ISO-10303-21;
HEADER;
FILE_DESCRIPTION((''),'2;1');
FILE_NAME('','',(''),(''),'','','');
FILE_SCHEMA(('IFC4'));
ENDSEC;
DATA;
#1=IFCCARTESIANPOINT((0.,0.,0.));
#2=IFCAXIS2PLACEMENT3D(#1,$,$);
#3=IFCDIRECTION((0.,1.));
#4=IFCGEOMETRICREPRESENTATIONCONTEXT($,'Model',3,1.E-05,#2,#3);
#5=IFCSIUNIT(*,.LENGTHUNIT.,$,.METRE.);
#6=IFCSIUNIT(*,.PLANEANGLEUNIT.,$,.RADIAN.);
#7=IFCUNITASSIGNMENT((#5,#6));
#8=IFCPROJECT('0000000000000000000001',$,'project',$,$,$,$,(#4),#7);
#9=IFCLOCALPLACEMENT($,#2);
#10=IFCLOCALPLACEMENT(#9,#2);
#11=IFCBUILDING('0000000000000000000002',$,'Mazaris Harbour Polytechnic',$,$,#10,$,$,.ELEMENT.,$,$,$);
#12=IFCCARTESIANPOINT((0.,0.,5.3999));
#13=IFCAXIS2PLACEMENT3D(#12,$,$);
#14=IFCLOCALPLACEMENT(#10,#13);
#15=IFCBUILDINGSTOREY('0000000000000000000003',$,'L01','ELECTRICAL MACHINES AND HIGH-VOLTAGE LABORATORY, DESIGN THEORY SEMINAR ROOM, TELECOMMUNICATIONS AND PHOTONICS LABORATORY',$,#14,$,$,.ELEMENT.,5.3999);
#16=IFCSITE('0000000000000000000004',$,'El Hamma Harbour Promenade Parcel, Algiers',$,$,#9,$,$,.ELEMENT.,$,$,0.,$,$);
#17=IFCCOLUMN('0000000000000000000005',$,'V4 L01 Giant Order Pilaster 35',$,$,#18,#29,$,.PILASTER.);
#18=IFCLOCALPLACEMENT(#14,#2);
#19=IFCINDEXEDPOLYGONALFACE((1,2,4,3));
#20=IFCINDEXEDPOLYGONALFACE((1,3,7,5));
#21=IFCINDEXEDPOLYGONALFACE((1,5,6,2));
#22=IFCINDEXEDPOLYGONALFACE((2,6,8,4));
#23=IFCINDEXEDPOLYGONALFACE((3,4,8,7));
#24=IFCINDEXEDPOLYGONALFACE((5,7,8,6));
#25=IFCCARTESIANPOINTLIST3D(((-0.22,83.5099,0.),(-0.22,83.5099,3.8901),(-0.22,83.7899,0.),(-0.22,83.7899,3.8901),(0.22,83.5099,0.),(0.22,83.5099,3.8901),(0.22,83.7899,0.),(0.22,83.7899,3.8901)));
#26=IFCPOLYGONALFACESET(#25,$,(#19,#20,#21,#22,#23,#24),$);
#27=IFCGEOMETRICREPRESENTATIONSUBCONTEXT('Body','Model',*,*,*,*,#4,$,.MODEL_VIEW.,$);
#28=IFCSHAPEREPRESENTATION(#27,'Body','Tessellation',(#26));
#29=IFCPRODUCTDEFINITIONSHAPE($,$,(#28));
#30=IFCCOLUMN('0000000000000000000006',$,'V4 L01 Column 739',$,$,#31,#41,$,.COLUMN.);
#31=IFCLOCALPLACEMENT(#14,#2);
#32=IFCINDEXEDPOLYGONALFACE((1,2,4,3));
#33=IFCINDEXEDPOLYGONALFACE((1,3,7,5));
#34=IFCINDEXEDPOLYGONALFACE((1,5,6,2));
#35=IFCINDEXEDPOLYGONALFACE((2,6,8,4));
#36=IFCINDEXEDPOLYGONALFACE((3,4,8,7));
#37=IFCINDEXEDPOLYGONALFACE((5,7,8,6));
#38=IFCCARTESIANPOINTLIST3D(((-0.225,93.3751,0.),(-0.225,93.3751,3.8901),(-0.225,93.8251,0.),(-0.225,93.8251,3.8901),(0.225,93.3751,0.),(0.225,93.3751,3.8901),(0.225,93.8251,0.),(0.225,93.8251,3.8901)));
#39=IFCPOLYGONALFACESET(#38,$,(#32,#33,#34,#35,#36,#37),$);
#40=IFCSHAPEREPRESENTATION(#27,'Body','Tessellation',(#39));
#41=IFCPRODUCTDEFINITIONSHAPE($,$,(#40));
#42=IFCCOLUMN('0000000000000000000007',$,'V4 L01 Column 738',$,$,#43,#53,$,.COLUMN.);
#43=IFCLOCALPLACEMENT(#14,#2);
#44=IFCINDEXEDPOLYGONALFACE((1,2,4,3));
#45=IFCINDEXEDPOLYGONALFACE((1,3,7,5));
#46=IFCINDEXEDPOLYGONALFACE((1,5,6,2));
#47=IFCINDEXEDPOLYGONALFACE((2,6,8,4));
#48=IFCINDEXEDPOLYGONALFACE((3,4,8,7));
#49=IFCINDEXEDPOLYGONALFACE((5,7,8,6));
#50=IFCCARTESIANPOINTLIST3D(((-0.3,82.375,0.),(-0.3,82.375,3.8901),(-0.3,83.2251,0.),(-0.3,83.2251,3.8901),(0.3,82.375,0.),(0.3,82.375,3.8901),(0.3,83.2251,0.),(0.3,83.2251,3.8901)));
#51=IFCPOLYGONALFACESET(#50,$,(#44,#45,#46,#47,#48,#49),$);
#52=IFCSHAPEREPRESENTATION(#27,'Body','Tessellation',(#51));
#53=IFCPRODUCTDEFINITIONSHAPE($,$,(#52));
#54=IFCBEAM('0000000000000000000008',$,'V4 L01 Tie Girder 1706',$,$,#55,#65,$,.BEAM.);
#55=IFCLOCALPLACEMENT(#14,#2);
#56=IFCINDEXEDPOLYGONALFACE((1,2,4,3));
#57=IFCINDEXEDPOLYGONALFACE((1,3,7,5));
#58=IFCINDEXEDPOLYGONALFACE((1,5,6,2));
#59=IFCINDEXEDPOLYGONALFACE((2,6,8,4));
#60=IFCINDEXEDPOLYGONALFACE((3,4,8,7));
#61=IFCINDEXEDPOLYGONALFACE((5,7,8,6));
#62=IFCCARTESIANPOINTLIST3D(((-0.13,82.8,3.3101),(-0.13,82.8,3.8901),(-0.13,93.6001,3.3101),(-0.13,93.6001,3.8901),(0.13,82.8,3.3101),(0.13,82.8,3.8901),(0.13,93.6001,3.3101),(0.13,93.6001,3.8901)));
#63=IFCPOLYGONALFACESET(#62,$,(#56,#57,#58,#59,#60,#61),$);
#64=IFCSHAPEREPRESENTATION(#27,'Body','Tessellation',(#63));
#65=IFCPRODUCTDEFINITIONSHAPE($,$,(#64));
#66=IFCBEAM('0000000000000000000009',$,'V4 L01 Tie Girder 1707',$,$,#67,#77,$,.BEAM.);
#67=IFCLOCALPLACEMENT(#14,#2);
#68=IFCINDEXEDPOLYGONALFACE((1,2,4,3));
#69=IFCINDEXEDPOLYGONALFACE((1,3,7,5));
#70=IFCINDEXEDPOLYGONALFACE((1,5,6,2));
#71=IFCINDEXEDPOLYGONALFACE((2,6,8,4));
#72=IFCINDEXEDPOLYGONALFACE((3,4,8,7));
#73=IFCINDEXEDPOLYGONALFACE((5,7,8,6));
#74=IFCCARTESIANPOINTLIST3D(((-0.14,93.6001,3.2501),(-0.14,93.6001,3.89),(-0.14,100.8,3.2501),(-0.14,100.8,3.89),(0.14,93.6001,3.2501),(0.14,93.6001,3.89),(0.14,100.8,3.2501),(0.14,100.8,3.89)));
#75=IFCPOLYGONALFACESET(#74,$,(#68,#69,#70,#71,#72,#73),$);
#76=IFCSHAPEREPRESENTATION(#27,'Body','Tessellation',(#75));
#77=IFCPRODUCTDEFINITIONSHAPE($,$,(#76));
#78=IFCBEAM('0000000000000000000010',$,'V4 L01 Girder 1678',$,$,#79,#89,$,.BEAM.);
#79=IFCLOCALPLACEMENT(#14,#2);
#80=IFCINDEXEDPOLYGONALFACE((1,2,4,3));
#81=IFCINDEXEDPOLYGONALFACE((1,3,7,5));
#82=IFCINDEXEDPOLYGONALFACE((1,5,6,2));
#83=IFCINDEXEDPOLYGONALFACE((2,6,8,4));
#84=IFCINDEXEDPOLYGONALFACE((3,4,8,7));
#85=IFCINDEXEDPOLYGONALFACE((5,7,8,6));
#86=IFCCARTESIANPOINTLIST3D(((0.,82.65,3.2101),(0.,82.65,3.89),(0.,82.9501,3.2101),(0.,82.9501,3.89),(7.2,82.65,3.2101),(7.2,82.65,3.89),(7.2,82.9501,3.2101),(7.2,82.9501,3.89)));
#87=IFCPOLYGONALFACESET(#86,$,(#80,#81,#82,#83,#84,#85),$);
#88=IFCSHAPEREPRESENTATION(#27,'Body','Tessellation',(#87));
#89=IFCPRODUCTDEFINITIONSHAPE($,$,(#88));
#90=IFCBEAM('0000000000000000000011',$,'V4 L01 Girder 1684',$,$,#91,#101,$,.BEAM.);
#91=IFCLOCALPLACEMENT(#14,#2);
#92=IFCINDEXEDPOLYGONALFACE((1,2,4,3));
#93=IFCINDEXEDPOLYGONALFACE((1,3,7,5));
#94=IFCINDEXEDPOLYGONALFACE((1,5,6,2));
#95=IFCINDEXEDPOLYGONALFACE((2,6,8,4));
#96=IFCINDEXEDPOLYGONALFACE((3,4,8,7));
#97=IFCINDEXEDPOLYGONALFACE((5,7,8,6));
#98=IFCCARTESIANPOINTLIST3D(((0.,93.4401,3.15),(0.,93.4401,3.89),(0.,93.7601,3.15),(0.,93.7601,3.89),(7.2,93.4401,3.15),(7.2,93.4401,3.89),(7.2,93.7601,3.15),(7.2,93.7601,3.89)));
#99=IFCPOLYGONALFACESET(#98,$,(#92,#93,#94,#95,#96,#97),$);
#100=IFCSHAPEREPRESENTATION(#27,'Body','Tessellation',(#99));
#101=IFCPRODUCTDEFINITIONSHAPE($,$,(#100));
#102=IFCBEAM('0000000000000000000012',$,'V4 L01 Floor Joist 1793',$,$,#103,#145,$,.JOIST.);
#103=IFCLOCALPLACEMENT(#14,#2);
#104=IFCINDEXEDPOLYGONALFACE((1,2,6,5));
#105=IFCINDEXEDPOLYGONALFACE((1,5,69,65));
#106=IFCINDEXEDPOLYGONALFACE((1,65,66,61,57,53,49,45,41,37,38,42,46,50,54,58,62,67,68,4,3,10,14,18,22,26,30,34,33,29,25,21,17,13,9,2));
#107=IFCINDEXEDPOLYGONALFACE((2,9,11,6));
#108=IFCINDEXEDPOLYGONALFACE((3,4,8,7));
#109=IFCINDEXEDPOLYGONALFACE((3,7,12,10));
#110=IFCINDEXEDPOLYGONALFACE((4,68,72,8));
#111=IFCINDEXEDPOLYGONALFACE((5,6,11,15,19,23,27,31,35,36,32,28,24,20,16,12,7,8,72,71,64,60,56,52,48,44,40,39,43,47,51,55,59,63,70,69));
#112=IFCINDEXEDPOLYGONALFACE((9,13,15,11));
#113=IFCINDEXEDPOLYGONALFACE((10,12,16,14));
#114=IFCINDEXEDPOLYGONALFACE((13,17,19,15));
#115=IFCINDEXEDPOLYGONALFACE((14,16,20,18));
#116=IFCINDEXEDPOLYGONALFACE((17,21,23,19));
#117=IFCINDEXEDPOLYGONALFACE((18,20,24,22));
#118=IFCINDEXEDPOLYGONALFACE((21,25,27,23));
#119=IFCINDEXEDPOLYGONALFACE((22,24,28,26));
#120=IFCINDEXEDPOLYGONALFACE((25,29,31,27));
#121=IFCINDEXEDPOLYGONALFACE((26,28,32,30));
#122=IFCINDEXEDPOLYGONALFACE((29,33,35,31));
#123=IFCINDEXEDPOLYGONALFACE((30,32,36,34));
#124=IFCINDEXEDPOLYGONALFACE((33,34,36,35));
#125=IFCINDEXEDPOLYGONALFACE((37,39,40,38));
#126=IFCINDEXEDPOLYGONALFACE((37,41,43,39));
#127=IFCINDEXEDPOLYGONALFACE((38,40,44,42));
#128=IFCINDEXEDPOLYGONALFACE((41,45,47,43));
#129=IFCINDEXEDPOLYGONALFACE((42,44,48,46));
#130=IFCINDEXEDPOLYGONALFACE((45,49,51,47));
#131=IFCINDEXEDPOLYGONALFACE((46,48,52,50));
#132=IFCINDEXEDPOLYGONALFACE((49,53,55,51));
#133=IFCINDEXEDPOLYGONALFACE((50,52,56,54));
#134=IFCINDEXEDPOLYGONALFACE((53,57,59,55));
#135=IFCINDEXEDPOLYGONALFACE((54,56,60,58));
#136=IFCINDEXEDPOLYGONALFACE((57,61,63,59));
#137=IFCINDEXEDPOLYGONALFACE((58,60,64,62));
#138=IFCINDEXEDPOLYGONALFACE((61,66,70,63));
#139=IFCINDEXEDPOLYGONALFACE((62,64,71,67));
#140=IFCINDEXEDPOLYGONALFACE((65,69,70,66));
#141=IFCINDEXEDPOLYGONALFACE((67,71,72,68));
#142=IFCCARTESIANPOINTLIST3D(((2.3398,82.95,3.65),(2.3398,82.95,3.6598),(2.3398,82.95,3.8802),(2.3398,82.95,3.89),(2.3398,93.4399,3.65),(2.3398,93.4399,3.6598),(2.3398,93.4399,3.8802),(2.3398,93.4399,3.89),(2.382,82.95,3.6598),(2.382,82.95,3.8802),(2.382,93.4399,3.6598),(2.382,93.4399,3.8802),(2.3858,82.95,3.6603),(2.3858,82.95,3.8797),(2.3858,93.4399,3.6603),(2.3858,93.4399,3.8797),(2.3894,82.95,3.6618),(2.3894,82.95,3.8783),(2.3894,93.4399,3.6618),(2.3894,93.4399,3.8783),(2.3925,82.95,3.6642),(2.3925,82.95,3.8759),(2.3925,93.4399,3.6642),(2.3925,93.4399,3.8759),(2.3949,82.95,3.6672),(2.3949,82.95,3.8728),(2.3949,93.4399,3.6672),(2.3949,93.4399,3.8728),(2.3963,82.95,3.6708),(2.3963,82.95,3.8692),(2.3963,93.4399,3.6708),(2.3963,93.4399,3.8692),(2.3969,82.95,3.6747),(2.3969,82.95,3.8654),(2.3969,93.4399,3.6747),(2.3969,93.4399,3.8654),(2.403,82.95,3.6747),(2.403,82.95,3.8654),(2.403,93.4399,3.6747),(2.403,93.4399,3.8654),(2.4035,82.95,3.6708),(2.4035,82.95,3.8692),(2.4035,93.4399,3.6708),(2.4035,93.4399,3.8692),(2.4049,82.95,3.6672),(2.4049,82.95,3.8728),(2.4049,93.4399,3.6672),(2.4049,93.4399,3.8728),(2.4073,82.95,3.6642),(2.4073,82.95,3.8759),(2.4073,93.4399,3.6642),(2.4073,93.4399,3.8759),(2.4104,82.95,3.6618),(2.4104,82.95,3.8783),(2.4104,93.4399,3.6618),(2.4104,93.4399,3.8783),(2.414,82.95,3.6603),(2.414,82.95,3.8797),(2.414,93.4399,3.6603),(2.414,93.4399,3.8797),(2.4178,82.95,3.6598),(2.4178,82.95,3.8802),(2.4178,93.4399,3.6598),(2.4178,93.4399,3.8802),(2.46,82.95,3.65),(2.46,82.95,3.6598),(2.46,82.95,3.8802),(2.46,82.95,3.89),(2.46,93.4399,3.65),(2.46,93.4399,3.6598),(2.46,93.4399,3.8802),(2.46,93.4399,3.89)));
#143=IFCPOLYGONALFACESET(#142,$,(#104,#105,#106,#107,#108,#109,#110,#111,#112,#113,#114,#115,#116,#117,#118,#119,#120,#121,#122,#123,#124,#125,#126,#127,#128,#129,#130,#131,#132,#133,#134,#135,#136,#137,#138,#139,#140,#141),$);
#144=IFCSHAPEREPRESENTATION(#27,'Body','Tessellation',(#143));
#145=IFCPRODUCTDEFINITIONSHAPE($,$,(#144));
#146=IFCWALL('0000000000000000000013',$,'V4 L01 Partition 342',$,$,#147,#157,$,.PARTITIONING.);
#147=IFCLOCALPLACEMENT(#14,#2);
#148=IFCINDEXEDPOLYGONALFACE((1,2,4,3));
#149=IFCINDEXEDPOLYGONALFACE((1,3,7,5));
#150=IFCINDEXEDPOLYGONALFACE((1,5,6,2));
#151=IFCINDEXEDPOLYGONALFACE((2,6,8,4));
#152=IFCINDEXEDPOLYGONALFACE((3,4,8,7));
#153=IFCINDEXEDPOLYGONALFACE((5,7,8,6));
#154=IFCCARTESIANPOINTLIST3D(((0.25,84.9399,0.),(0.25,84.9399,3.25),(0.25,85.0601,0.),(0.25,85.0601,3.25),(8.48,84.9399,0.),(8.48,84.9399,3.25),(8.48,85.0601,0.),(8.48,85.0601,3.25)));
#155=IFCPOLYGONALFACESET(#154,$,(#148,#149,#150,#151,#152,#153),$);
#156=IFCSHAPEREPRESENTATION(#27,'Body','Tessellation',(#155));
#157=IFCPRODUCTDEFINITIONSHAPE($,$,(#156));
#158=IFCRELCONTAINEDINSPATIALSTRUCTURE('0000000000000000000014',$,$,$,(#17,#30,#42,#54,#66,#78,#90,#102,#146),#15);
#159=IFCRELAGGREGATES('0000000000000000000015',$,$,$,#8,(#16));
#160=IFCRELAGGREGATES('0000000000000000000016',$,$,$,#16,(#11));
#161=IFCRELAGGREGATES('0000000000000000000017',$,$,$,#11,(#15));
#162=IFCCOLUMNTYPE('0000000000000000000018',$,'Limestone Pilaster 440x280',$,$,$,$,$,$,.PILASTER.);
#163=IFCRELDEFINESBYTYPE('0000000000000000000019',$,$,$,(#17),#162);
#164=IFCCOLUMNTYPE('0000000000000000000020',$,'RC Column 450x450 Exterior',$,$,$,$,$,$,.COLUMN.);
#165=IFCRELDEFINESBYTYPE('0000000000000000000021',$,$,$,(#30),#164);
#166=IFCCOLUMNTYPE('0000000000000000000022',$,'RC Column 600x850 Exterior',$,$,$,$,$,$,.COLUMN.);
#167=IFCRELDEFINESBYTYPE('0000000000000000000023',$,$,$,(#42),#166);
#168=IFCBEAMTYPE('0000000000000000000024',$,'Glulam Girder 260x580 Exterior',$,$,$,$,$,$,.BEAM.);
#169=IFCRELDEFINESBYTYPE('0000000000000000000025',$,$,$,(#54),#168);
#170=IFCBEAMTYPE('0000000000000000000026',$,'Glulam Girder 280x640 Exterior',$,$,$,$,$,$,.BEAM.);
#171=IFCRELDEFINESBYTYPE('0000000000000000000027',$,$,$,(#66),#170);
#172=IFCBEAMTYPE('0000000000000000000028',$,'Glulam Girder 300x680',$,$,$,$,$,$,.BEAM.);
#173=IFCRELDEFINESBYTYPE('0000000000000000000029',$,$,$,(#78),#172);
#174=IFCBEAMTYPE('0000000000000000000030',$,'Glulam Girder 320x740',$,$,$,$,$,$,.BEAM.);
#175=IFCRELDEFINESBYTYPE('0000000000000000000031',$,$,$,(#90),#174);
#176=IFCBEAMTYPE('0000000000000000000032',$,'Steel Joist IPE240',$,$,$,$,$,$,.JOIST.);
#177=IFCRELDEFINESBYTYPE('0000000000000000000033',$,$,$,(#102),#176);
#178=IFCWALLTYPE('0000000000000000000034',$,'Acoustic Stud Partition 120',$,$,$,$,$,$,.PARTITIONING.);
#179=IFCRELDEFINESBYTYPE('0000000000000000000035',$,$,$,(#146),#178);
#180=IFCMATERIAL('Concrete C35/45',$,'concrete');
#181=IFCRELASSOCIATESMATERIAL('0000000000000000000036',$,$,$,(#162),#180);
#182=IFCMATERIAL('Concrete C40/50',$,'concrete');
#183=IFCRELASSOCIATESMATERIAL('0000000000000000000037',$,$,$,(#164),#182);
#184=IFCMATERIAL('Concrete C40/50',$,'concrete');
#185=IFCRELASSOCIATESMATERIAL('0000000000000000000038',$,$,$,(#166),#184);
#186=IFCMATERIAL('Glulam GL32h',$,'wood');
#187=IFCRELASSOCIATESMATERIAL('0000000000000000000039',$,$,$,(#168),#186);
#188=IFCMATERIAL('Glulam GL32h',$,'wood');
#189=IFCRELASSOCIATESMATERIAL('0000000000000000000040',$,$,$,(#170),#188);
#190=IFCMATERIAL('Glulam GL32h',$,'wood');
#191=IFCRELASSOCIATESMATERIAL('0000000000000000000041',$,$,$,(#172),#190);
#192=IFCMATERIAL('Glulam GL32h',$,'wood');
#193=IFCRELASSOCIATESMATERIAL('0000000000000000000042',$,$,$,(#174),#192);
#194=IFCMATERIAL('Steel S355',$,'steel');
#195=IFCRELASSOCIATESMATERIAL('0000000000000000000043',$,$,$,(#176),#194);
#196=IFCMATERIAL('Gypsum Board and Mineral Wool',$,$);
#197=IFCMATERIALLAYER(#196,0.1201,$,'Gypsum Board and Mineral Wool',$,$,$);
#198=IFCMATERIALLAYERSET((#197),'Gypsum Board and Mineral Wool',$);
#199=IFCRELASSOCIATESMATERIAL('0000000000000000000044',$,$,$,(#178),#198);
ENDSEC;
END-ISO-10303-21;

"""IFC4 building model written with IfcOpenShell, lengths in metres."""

from ifc_helpers import new_model, si_unit, direction, frame, frame_2d, origin, origin_2d, place, context, subcontext, project, spatial, rectangle, i_section, extrude, material, layer, layer_set, material_profile, profile_set, type_object, element, save


model = new_model("IFC4")

# Units and contexts
model_context = context("Model", 3, precision=1e-05, world=origin(), true_north=direction((0.0, 1.0)))
body_context = subcontext(model_context, "Body", "Model", "MODEL_VIEW")
ifc_project = project(units=[si_unit("LENGTHUNIT", "METRE"), si_unit("PLANEANGLEUNIT", "RADIAN")], contexts=[model_context])

# Site, building, storey
site_placement = place(None, origin())
site = spatial("IfcSite", under=ifc_project, at=site_placement, Name="El Hamma Harbour Promenade Parcel, Algiers", CompositionType="ELEMENT", RefElevation=0.0)
building_placement = place(site_placement, origin())
building = spatial("IfcBuilding", under=site, at=building_placement, Name="Mazaris Harbour Polytechnic", CompositionType="ELEMENT")
storey_placement = place(building_placement, frame((0.0, 0.0, 5.3999)))
storey = spatial("IfcBuildingStorey", under=building, at=storey_placement, Name="L01", Description="ELECTRICAL MACHINES AND HIGH-VOLTAGE LABORATORY, DESIGN THEORY SEMINAR ROOM, TELECOMMUNICATIONS AND PHOTONICS LABORATORY", CompositionType="ELEMENT", Elevation=5.3999)

# Columns
ifc_material_1 = material(Name="Concrete C35/45", Category="concrete")
ifc_material_profile_1 = material_profile(ifc_material_1, rectangle(XDim=0.4399, YDim=0.28, at=origin_2d()), Name="RECT440x280")
ifc_profile_set_1 = profile_set([ifc_material_profile_1], Name="Concrete C35/45")
column_type_1 = type_object("IfcColumnType", Name="Limestone Pilaster 440x280", PredefinedType="PILASTER", material=ifc_profile_set_1)
column_1_placement = place(storey_placement, frame((0.0, 83.6499, 0.0), z_axis=(0.0, 0.0, 1.0), x_axis=(1.0, 0.0, 0.0)))
element("IfcColumn", 1, at=column_1_placement, inside=storey, type_object=column_type_1, Name="V4 L01 Giant Order Pilaster 35", PredefinedType="PILASTER", context=body_context, shape_type="SweptSolid", body=[
    extrude(rectangle(XDim=0.4399, YDim=0.28, at=origin_2d()), origin(), (0.0, 0.0, 1.0), 3.8901),
])
ifc_material_2 = material(Name="Concrete C40/50", Category="concrete")
ifc_material_profile_2 = material_profile(ifc_material_2, rectangle(XDim=0.45, YDim=0.45, at=origin_2d()), Name="RECT450x450")
ifc_profile_set_2 = profile_set([ifc_material_profile_2], Name="Concrete C40/50")
column_type_2 = type_object("IfcColumnType", Name="RC Column 450x450 Exterior", PredefinedType="COLUMN", material=ifc_profile_set_2)
column_2_placement = place(storey_placement, frame((0.0, 93.6001, 0.0), z_axis=(0.0, 0.0, 1.0), x_axis=(1.0, 0.0, 0.0)))
element("IfcColumn", 2, at=column_2_placement, inside=storey, type_object=column_type_2, Name="V4 L01 Column 739", PredefinedType="COLUMN", context=body_context, shape_type="SweptSolid", body=[
    extrude(rectangle(XDim=0.45, YDim=0.45, at=origin_2d()), origin(), (0.0, 0.0, 1.0), 3.8901),
])
ifc_material_3 = material(Name="Concrete C40/50", Category="concrete")
ifc_material_profile_3 = material_profile(ifc_material_3, rectangle(XDim=0.6001, YDim=0.8501, at=origin_2d()), Name="RECT600x850")
ifc_profile_set_3 = profile_set([ifc_material_profile_3], Name="Concrete C40/50")
column_type_3 = type_object("IfcColumnType", Name="RC Column 600x850 Exterior", PredefinedType="COLUMN", material=ifc_profile_set_3)
column_3_placement = place(storey_placement, frame((0.0, 82.8, 0.0), z_axis=(0.0, 0.0, 1.0), x_axis=(1.0, 0.0, 0.0)))
element("IfcColumn", 3, at=column_3_placement, inside=storey, type_object=column_type_3, Name="V4 L01 Column 738", PredefinedType="COLUMN", context=body_context, shape_type="SweptSolid", body=[
    extrude(rectangle(XDim=0.6001, YDim=0.8501, at=origin_2d()), origin(), (0.0, 0.0, 1.0), 3.8901),
])

# Beams
ifc_material_4 = material(Name="Glulam GL32h", Category="wood")
ifc_material_profile_4 = material_profile(ifc_material_4, rectangle(XDim=0.26, YDim=0.5801, at=origin_2d()), Name="RECT260x580")
ifc_profile_set_4 = profile_set([ifc_material_profile_4], Name="Glulam GL32h")
beam_type_1 = type_object("IfcBeamType", Name="Glulam Girder 260x580 Exterior", PredefinedType="BEAM", material=ifc_profile_set_4)
beam_1_placement = place(storey_placement, frame((0.0, 82.8, 3.6001), z_axis=(0.0, 1.0, 0.0), x_axis=(-1.0, 0.0, 0.0)))
element("IfcBeam", 4, at=beam_1_placement, inside=storey, type_object=beam_type_1, Name="V4 L01 Tie Girder 1706", PredefinedType="BEAM", context=body_context, shape_type="SweptSolid", body=[
    extrude(rectangle(XDim=0.26, YDim=0.5801, at=origin_2d()), origin(), (0.0, 0.0, 1.0), 10.8),
])
ifc_material_5 = material(Name="Glulam GL32h", Category="wood")
ifc_material_profile_5 = material_profile(ifc_material_5, rectangle(XDim=0.28, YDim=0.6399, at=origin_2d()), Name="RECT280x640")
ifc_profile_set_5 = profile_set([ifc_material_profile_5], Name="Glulam GL32h")
beam_type_2 = type_object("IfcBeamType", Name="Glulam Girder 280x640 Exterior", PredefinedType="BEAM", material=ifc_profile_set_5)
beam_2_placement = place(storey_placement, frame((0.0, 93.6001, 3.5701), z_axis=(0.0, 1.0, 0.0), x_axis=(-1.0, 0.0, 0.0)))
element("IfcBeam", 5, at=beam_2_placement, inside=storey, type_object=beam_type_2, Name="V4 L01 Tie Girder 1707", PredefinedType="BEAM", context=body_context, shape_type="SweptSolid", body=[
    extrude(rectangle(XDim=0.28, YDim=0.6399, at=origin_2d()), origin(), (0.0, 0.0, 1.0), 7.2),
])
ifc_material_6 = material(Name="Glulam GL32h", Category="wood")
ifc_material_profile_6 = material_profile(ifc_material_6, rectangle(XDim=0.3, YDim=0.6799, at=origin_2d()), Name="RECT300x680")
ifc_profile_set_6 = profile_set([ifc_material_profile_6], Name="Glulam GL32h")
beam_type_3 = type_object("IfcBeamType", Name="Glulam Girder 300x680", PredefinedType="BEAM", material=ifc_profile_set_6)
beam_3_placement = place(storey_placement, frame((0.0, 82.8, 3.55), z_axis=(1.0, 0.0, 0.0), x_axis=(0.0, 1.0, 0.0)))
element("IfcBeam", 6, at=beam_3_placement, inside=storey, type_object=beam_type_3, Name="V4 L01 Girder 1678", PredefinedType="BEAM", context=body_context, shape_type="SweptSolid", body=[
    extrude(rectangle(XDim=0.3, YDim=0.6799, at=origin_2d()), origin(), (0.0, 0.0, 1.0), 7.2),
])
ifc_material_7 = material(Name="Glulam GL32h", Category="wood")
ifc_material_profile_7 = material_profile(ifc_material_7, rectangle(XDim=0.3201, YDim=0.74, at=origin_2d()), Name="RECT320x740")
ifc_profile_set_7 = profile_set([ifc_material_profile_7], Name="Glulam GL32h")
beam_type_4 = type_object("IfcBeamType", Name="Glulam Girder 320x740", PredefinedType="BEAM", material=ifc_profile_set_7)
beam_4_placement = place(storey_placement, frame((0.0, 93.6001, 3.52), z_axis=(1.0, 0.0, 0.0), x_axis=(0.0, 1.0, 0.0)))
element("IfcBeam", 7, at=beam_4_placement, inside=storey, type_object=beam_type_4, Name="V4 L01 Girder 1684", PredefinedType="BEAM", context=body_context, shape_type="SweptSolid", body=[
    extrude(rectangle(XDim=0.3201, YDim=0.74, at=origin_2d()), origin(), (0.0, 0.0, 1.0), 7.2),
])
ifc_material_8 = material(Name="Steel S355", Category="steel")
ifc_material_profile_8 = material_profile(ifc_material_8, i_section(OverallWidth=0.1201, OverallDepth=0.24, WebThickness=0.0061, FlangeThickness=0.0098, FilletRadius=0.0149, at=origin_2d()), Name="IPE 240")
ifc_profile_set_8 = profile_set([ifc_material_profile_8], Name="Steel S355")
beam_type_5 = type_object("IfcBeamType", Name="Steel Joist IPE240", PredefinedType="JOIST", material=ifc_profile_set_8)
beam_5_placement = place(storey_placement, frame((2.3999, 82.95, 3.77), z_axis=(0.0, 1.0, 0.0), x_axis=(-1.0, 0.0, 0.0)))
element("IfcBeam", 8, at=beam_5_placement, inside=storey, type_object=beam_type_5, Name="V4 L01 Floor Joist 1793", PredefinedType="JOIST", context=body_context, shape_type="SweptSolid", body=[
    extrude(i_section(OverallWidth=0.1201, OverallDepth=0.24, WebThickness=0.0061, FlangeThickness=0.0098, FilletRadius=0.0149, at=origin_2d()), origin(), (0.0, 0.0, 1.0), 10.49),
])

# Wall
ifc_material_9 = material(Name="Gypsum Board and Mineral Wool")
ifc_layer_1 = layer(ifc_material_9, 0.1201, Name="Gypsum Board and Mineral Wool")
ifc_layer_set_1 = layer_set([ifc_layer_1], Name="Gypsum Board and Mineral Wool")
wall_type_1 = type_object("IfcWallType", Name="Acoustic Stud Partition 120", PredefinedType="PARTITIONING", material=ifc_layer_set_1)
wall_1_placement = place(storey_placement, frame((0.25, 85.0, 0.0), z_axis=(0.0, 0.0, 1.0), x_axis=(1.0, 0.0, 0.0)))
element("IfcWall", 9, at=wall_1_placement, inside=storey, type_object=wall_type_1, Name="V4 L01 Partition 342", PredefinedType="PARTITIONING", context=body_context, shape_type="SweptSolid", body=[
    extrude(rectangle(XDim=8.23, YDim=0.1201, at=frame_2d((4.115, 0.0))), origin(), (0.0, 0.0, 1.0), 3.25),
])

save(model, "model.ifc")
